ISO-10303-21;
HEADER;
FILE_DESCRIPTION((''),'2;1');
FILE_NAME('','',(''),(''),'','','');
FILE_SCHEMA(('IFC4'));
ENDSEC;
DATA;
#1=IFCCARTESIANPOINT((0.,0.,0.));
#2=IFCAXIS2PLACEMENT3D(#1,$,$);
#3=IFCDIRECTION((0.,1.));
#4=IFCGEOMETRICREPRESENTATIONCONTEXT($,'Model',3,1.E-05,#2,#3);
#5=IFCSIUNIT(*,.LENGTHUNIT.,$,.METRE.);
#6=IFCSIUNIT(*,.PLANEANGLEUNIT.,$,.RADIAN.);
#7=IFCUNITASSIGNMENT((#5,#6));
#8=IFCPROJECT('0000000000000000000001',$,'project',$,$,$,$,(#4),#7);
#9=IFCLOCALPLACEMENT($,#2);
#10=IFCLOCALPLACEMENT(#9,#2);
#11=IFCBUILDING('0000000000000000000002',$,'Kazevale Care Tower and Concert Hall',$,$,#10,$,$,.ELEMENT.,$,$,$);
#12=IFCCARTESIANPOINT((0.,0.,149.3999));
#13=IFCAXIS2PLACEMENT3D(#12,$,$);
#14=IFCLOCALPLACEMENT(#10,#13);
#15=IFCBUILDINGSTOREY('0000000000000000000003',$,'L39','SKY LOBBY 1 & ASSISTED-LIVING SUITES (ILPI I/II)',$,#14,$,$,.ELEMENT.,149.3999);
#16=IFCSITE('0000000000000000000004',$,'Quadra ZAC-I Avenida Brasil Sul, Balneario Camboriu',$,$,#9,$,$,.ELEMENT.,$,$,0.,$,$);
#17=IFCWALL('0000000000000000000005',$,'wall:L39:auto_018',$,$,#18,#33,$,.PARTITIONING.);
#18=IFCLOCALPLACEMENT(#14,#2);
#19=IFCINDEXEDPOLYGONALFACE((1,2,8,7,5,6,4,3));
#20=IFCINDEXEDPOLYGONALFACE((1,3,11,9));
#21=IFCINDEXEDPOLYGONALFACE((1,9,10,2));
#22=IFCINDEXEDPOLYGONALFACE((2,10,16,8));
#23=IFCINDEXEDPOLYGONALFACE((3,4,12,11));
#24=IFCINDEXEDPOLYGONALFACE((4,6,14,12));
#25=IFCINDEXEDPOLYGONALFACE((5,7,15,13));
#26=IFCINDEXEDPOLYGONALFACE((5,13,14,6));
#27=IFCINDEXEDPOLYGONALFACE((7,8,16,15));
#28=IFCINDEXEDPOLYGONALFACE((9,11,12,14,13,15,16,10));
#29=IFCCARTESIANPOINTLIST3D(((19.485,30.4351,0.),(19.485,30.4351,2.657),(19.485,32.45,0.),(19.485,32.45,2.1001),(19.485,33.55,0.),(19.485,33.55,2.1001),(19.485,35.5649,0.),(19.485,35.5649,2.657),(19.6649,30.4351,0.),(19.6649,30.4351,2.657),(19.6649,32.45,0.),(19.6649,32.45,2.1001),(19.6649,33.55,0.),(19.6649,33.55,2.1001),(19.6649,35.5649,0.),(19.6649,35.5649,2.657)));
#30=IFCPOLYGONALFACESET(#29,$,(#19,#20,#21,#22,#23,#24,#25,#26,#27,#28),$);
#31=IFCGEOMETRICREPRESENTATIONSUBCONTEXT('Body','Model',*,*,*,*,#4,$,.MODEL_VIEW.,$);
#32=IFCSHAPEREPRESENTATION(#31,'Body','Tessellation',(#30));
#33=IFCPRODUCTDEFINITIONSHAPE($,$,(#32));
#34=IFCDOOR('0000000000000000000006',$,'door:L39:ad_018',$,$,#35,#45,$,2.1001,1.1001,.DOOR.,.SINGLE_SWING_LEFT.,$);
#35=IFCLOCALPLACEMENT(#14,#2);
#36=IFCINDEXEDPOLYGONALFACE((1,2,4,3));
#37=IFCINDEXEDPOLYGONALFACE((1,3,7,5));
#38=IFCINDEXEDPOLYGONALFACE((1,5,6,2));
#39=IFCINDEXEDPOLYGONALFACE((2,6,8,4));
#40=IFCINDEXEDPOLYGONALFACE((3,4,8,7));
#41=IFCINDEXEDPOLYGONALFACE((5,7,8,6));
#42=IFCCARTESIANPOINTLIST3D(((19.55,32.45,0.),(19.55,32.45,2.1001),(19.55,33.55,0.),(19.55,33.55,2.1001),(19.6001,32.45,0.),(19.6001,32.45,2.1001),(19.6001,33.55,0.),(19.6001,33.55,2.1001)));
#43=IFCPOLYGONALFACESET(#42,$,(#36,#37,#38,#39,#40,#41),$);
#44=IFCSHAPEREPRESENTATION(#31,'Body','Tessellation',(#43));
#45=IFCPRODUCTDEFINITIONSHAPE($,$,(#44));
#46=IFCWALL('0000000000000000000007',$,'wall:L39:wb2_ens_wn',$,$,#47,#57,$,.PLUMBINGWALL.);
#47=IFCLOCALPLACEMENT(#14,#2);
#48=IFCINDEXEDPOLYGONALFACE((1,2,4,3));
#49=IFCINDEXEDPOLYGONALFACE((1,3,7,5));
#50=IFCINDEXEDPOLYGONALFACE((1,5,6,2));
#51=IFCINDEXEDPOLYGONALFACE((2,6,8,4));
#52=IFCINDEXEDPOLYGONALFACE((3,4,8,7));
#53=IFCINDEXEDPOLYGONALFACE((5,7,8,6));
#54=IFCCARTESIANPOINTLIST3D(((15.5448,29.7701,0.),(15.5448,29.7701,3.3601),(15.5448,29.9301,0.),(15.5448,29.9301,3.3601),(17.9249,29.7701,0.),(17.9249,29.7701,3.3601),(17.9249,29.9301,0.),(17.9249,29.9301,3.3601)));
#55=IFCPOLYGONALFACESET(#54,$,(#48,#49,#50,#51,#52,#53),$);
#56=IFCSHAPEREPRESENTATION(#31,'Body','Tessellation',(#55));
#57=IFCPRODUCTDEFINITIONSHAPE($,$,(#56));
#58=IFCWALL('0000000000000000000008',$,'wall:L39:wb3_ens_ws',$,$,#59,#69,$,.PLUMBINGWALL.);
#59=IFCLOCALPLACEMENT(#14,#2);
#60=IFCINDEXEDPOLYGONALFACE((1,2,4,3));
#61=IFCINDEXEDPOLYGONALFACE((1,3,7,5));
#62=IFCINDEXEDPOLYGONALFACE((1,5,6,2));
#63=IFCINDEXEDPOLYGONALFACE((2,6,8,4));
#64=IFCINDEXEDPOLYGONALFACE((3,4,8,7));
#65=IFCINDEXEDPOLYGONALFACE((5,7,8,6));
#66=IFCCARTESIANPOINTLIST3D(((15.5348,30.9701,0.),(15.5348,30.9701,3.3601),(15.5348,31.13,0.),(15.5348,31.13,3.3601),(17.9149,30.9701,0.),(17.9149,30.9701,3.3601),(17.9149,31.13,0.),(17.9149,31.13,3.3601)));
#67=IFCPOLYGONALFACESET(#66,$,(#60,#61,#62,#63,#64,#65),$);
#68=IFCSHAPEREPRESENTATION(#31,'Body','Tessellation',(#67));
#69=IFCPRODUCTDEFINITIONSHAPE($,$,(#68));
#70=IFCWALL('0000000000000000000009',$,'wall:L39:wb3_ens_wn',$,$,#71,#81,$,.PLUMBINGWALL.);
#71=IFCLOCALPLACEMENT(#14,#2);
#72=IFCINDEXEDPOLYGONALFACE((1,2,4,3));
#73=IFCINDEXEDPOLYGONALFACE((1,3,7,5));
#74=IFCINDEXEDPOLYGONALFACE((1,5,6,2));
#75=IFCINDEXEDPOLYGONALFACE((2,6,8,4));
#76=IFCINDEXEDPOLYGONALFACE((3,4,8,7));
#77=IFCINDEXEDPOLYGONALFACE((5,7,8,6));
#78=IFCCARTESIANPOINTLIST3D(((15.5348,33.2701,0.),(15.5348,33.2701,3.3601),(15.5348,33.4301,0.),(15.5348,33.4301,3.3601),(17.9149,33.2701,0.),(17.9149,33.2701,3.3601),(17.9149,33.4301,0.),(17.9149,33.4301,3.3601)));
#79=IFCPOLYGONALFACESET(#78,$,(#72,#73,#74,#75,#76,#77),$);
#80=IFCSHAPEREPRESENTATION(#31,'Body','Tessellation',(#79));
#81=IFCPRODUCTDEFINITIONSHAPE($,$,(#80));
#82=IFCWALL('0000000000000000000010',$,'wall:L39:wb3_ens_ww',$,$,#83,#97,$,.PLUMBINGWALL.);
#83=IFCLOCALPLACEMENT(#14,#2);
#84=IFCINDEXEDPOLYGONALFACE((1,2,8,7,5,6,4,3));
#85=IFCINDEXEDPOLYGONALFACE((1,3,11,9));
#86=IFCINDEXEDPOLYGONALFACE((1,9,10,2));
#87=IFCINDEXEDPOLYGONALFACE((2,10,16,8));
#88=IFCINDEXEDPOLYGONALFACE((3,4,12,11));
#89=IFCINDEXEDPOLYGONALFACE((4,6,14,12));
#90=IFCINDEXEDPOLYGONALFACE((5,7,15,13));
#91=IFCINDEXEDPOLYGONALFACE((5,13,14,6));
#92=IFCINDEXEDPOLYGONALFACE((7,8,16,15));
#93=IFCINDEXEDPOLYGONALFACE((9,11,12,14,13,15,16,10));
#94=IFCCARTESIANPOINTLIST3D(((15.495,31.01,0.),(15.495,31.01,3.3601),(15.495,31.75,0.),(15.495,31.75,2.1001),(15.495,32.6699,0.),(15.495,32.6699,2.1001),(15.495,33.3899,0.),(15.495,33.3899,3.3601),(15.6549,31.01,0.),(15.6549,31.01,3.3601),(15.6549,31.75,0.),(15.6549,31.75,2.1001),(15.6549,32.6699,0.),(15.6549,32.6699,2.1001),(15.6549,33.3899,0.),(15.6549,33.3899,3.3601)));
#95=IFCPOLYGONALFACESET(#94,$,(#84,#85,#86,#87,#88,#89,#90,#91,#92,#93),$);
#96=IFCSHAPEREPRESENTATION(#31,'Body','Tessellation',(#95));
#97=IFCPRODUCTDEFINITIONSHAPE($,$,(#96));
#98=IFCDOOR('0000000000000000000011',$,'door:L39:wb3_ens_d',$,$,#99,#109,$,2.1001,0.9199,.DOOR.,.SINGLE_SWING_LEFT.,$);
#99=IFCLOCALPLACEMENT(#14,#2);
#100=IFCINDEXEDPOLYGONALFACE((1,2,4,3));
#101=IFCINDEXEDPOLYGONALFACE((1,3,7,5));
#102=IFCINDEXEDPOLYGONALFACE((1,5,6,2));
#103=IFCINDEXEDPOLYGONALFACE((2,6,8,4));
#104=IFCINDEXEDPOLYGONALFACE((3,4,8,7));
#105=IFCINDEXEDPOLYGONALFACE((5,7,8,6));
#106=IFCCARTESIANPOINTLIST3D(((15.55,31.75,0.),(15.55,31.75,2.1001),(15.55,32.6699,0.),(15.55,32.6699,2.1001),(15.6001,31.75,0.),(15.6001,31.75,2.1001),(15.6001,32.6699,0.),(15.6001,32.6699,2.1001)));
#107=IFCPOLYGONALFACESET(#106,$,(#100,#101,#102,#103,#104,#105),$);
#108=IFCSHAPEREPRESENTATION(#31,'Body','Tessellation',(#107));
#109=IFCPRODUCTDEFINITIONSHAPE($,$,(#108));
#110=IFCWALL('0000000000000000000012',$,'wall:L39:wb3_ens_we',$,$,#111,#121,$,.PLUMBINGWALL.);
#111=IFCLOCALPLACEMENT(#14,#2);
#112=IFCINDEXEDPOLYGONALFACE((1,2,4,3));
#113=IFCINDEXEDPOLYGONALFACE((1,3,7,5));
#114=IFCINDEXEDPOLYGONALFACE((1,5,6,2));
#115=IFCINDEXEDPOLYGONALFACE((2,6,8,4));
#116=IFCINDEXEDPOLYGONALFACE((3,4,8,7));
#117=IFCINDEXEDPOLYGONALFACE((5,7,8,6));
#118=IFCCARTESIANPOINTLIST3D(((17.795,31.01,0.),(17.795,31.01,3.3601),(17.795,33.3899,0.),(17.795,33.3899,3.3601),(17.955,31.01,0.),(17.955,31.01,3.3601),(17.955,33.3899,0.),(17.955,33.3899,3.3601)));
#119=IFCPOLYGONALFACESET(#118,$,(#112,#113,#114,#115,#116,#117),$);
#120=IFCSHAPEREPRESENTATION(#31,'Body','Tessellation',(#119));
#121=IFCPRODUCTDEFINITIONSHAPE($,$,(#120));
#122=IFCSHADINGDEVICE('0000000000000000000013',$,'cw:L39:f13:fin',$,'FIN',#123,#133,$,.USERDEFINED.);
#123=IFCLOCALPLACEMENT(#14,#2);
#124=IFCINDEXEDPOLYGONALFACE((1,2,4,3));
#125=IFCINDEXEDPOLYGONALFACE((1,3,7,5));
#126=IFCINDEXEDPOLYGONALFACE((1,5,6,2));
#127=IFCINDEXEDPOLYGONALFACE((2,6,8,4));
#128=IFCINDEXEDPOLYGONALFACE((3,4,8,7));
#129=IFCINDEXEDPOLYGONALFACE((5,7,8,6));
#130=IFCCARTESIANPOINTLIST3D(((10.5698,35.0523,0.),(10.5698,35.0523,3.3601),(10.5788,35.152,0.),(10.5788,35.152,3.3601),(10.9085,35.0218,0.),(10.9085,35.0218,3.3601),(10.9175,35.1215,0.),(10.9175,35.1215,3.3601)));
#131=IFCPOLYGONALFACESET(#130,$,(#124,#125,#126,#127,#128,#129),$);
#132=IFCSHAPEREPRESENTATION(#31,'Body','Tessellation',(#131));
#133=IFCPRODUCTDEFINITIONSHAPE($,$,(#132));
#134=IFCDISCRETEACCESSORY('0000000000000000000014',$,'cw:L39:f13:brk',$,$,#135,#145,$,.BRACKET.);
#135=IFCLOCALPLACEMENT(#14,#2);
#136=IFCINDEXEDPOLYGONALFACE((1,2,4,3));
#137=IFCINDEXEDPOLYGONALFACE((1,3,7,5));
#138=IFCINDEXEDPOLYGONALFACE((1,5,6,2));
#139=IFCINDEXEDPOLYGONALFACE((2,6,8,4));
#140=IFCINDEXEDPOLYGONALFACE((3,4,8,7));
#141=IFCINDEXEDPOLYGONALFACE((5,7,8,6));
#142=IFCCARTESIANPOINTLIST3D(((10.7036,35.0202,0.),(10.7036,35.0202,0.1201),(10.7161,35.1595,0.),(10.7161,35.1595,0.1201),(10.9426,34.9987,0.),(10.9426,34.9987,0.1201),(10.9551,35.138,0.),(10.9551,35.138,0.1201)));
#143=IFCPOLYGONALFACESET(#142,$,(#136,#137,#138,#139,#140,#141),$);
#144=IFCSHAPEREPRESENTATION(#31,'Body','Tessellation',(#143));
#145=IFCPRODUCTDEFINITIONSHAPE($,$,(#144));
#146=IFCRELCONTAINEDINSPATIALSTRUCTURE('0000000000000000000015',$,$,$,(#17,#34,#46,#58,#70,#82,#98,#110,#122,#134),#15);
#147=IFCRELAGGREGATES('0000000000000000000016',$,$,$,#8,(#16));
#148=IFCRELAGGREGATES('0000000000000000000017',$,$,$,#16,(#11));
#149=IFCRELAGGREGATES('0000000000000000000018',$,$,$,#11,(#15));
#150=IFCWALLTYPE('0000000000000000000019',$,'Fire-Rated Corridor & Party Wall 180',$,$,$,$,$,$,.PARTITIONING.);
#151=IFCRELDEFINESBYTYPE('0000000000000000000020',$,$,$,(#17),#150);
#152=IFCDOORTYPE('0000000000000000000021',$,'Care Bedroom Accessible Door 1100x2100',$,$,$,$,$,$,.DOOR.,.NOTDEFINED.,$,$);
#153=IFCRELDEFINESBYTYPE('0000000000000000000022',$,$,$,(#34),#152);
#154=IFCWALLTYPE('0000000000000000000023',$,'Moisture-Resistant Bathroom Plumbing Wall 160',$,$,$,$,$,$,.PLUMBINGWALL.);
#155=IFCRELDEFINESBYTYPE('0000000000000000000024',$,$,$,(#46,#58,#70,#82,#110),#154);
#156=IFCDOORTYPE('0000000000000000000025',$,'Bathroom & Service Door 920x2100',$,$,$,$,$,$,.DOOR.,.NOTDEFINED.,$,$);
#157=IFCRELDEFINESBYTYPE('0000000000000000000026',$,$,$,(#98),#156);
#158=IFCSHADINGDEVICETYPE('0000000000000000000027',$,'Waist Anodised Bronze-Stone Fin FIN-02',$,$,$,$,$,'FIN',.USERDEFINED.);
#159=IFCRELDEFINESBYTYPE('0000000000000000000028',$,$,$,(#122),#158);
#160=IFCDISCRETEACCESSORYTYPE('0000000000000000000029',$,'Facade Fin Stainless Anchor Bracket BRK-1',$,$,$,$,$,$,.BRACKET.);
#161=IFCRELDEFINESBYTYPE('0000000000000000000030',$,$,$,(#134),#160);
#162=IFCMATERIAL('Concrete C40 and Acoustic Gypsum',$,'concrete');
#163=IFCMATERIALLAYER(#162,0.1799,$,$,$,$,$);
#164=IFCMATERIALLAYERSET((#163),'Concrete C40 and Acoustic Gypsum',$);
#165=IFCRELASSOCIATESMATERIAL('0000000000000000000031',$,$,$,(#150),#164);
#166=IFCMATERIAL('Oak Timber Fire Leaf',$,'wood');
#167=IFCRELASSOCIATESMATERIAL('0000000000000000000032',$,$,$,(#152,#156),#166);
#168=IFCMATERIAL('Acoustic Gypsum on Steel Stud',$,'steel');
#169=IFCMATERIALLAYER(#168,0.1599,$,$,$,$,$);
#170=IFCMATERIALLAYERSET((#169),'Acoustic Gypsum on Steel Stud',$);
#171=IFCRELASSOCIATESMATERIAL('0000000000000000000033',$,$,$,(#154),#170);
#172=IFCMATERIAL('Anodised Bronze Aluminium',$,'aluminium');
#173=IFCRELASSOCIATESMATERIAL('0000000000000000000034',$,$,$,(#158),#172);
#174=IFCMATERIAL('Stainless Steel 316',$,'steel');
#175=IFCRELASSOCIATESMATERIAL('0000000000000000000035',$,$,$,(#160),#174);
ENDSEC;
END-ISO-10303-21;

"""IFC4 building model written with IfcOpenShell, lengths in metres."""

from ifc_helpers import new_model, si_unit, direction, frame, frame_2d, origin, origin_2d, place, context, subcontext, project, spatial, rectangle, extrude, material, layer, layer_set, type_object, element, fill, save


model = new_model("IFC4")

# Units and contexts
model_context = context("Model", 3, precision=1e-05, world=origin(), true_north=direction((0.0, 1.0)))
body_context = subcontext(model_context, "Body", "Model", "MODEL_VIEW")
ifc_project = project(units=[si_unit("LENGTHUNIT", "METRE"), si_unit("PLANEANGLEUNIT", "RADIAN")], contexts=[model_context])

# Site, building, storey
site_placement = place(None, origin())
site = spatial("IfcSite", under=ifc_project, at=site_placement, Name="Quadra ZAC-I Avenida Brasil Sul, Balneario Camboriu", CompositionType="ELEMENT", RefElevation=0.0)
building_placement = place(site_placement, origin())
building = spatial("IfcBuilding", under=site, at=building_placement, Name="Kazevale Care Tower and Concert Hall", CompositionType="ELEMENT")
storey_placement = place(building_placement, frame((0.0, 0.0, 149.3999)))
storey = spatial("IfcBuildingStorey", under=building, at=storey_placement, Name="L39", Description="SKY LOBBY 1 & ASSISTED-LIVING SUITES (ILPI I/II)", CompositionType="ELEMENT", Elevation=149.3999)

# Shared definitions
ifc_material_1 = material(Name="Acoustic Gypsum on Steel Stud", Category="steel")

# Wall, opening, door
ifc_material_2 = material(Name="Concrete C40 and Acoustic Gypsum", Category="concrete")
ifc_layer_1 = layer(ifc_material_2, 0.1799)
ifc_layer_set_1 = layer_set([ifc_layer_1], Name="Concrete C40 and Acoustic Gypsum")
wall_type_1 = type_object("IfcWallType", Name="Fire-Rated Corridor & Party Wall 180", PredefinedType="PARTITIONING", material=ifc_layer_set_1)
wall_1_placement = place(storey_placement, frame((19.575, 30.4351, 0.0), z_axis=(0.0, 0.0, 1.0), x_axis=(0.0, 1.0, 0.0)))
wall_1 = element("IfcWall", 1, at=wall_1_placement, inside=storey, type_object=wall_type_1, Name="wall:L39:auto_018", PredefinedType="PARTITIONING", context=body_context, shape_type="SweptSolid", body=[
    extrude(rectangle(XDim=5.1299, YDim=0.1799, at=frame_2d((2.5649, 0.0))), origin(), (0.0, 0.0, 1.0), 2.657),
])
opening_1_placement = place(wall_1_placement, frame((2.0149, 0.0, 0.0)))
opening_1 = element("IfcOpeningElement", 2, at=opening_1_placement, cuts=wall_1, PredefinedType="OPENING", context=body_context, shape_type="SweptSolid", body=[
    extrude(rectangle(XDim=1.1001, YDim=2.1001, at=frame_2d((0.55, 1.05))), frame((0.0, 0.0999, 0.0), z_axis=(0.0, -1.0, 0.0), x_axis=(1.0, 0.0, 0.0)), (0.0, 0.0, 1.0), 0.2),
])
ifc_material_3 = material(Name="Oak Timber Fire Leaf", Category="wood")
door_type_1 = type_object("IfcDoorType", Name="Care Bedroom Accessible Door 1100x2100", OperationType="NOTDEFINED", PredefinedType="DOOR", material=ifc_material_3)
door_1_placement = place(opening_1_placement, origin())
door_1 = element("IfcDoor", 3, at=door_1_placement, inside=storey, type_object=door_type_1, Name="door:L39:ad_018", OperationType="SINGLE_SWING_LEFT", OverallHeight=2.1001, OverallWidth=1.1001, PredefinedType="DOOR", context=body_context, shape_type="SweptSolid", body=[
    extrude(rectangle(XDim=1.1001, YDim=2.1001, at=frame_2d((0.55, 1.05))), frame((0.0, 0.0249, 0.0), z_axis=(0.0, -1.0, 0.0), x_axis=(1.0, 0.0, 0.0)), (0.0, 0.0, 1.0), 0.05),
])
fill(opening_1, door_1)

# Walls
ifc_layer_2 = layer(ifc_material_1, 0.1599)
ifc_layer_set_2 = layer_set([ifc_layer_2], Name="Acoustic Gypsum on Steel Stud")
wall_type_2 = type_object("IfcWallType", Name="Moisture-Resistant Bathroom Plumbing Wall 160", PredefinedType="PLUMBINGWALL", material=ifc_layer_set_2)
for number, where, z_axis, x_axis, name in (
    (4, (15.5449, 29.8501, 0.0), (0.0, 0.0, 1.0), (1.0, 0.0, 0.0), "wall:L39:wb2_ens_wn"),
    (5, (15.5349, 31.05, 0.0), (0.0, 0.0, 1.0), (1.0, 0.0, 0.0), "wall:L39:wb3_ens_ws"),
    (6, (15.5349, 33.3501, 0.0), (0.0, 0.0, 1.0), (1.0, 0.0, 0.0), "wall:L39:wb3_ens_wn"),
):
    element("IfcWall", number, at=place(storey_placement, frame(where, z_axis=z_axis, x_axis=x_axis)), inside=storey, type_object=wall_type_2, Name=name, PredefinedType="PLUMBINGWALL", context=body_context, shape_type="SweptSolid", body=[
        extrude(rectangle(XDim=2.3801, YDim=0.1599, at=frame_2d((1.1899, 0.0))), origin(), (0.0, 0.0, 1.0), 3.3601),
    ])

# Wall, opening, door
wall_2_placement = place(storey_placement, frame((15.575, 31.01, 0.0), z_axis=(0.0, 0.0, 1.0), x_axis=(0.0, 1.0, 0.0)))
wall_2 = element("IfcWall", 7, at=wall_2_placement, inside=storey, type_object=wall_type_2, Name="wall:L39:wb3_ens_ww", PredefinedType="PLUMBINGWALL", context=body_context, shape_type="SweptSolid", body=[
    extrude(rectangle(XDim=2.3799, YDim=0.1599, at=frame_2d((1.1899, 0.0))), origin(), (0.0, 0.0, 1.0), 3.3601),
])
opening_2_placement = place(wall_2_placement, frame((0.74, 0.0, 0.0)))
opening_2 = element("IfcOpeningElement", 8, at=opening_2_placement, cuts=wall_2, PredefinedType="OPENING", context=body_context, shape_type="SweptSolid", body=[
    extrude(rectangle(XDim=0.9199, YDim=2.1001, at=frame_2d((0.46, 1.05))), frame((0.0, 0.0898, 0.0), z_axis=(0.0, -1.0, 0.0), x_axis=(1.0, 0.0, 0.0)), (0.0, 0.0, 1.0), 0.1799),
])
door_type_2 = type_object("IfcDoorType", Name="Bathroom & Service Door 920x2100", OperationType="NOTDEFINED", PredefinedType="DOOR", material=ifc_material_3)
door_2_placement = place(opening_2_placement, origin())
door_2 = element("IfcDoor", 9, at=door_2_placement, inside=storey, type_object=door_type_2, Name="door:L39:wb3_ens_d", OperationType="SINGLE_SWING_LEFT", OverallHeight=2.1001, OverallWidth=0.9199, PredefinedType="DOOR", context=body_context, shape_type="SweptSolid", body=[
    extrude(rectangle(XDim=0.9199, YDim=2.1001, at=frame_2d((0.46, 1.05))), frame((0.0, 0.0249, 0.0), z_axis=(0.0, -1.0, 0.0), x_axis=(1.0, 0.0, 0.0)), (0.0, 0.0, 1.0), 0.05),
])
fill(opening_2, door_2)

# Wall
wall_3_placement = place(storey_placement, frame((17.875, 31.01, 0.0), z_axis=(0.0, 0.0, 1.0), x_axis=(0.0, 1.0, 0.0)))
element("IfcWall", 10, at=wall_3_placement, inside=storey, type_object=wall_type_2, Name="wall:L39:wb3_ens_we", PredefinedType="PLUMBINGWALL", context=body_context, shape_type="SweptSolid", body=[
    extrude(rectangle(XDim=2.3799, YDim=0.1599, at=frame_2d((1.1899, 0.0))), origin(), (0.0, 0.0, 1.0), 3.3601),
])

# Shading device
ifc_material_4 = material(Name="Anodised Bronze Aluminium", Category="aluminium")
shading_device_type = type_object("IfcShadingDeviceType", Name="Waist Anodised Bronze-Stone Fin FIN-02", ElementType="FIN", PredefinedType="USERDEFINED", material=ifc_material_4)
shading_device_placement = place(storey_placement, frame((10.7437, 35.0869, 0.0), z_axis=(0.0, 0.0, 1.0), x_axis=(-0.995963, 0.089763, 0.0)))
element("IfcShadingDevice", 11, at=shading_device_placement, inside=storey, type_object=shading_device_type, Name="cw:L39:f13:fin", ObjectType="FIN", PredefinedType="USERDEFINED", context=body_context, shape_type="SweptSolid", body=[
    extrude(rectangle(XDim=0.3401, YDim=0.1001, at=origin_2d()), origin(), (0.0, 0.0, 1.0), 3.3601),
])

# Discrete accessory
ifc_material_5 = material(Name="Stainless Steel 316", Category="steel")
discrete_accessory_type = type_object("IfcDiscreteAccessoryType", Name="Facade Fin Stainless Anchor Bracket BRK-1", PredefinedType="BRACKET", material=ifc_material_5)
discrete_accessory_placement = place(storey_placement, frame((10.8293, 35.0791, 0.0), z_axis=(0.0, 0.0, 1.0), x_axis=(-0.995963, 0.089763, 0.0)))
element("IfcDiscreteAccessory", 12, at=discrete_accessory_placement, inside=storey, type_object=discrete_accessory_type, Name="cw:L39:f13:brk", PredefinedType="BRACKET", context=body_context, shape_type="SweptSolid", body=[
    extrude(rectangle(XDim=0.24, YDim=0.1399, at=origin_2d()), origin(), (0.0, 0.0, 1.0), 0.1201),
])

save(model, "model.ifc")
